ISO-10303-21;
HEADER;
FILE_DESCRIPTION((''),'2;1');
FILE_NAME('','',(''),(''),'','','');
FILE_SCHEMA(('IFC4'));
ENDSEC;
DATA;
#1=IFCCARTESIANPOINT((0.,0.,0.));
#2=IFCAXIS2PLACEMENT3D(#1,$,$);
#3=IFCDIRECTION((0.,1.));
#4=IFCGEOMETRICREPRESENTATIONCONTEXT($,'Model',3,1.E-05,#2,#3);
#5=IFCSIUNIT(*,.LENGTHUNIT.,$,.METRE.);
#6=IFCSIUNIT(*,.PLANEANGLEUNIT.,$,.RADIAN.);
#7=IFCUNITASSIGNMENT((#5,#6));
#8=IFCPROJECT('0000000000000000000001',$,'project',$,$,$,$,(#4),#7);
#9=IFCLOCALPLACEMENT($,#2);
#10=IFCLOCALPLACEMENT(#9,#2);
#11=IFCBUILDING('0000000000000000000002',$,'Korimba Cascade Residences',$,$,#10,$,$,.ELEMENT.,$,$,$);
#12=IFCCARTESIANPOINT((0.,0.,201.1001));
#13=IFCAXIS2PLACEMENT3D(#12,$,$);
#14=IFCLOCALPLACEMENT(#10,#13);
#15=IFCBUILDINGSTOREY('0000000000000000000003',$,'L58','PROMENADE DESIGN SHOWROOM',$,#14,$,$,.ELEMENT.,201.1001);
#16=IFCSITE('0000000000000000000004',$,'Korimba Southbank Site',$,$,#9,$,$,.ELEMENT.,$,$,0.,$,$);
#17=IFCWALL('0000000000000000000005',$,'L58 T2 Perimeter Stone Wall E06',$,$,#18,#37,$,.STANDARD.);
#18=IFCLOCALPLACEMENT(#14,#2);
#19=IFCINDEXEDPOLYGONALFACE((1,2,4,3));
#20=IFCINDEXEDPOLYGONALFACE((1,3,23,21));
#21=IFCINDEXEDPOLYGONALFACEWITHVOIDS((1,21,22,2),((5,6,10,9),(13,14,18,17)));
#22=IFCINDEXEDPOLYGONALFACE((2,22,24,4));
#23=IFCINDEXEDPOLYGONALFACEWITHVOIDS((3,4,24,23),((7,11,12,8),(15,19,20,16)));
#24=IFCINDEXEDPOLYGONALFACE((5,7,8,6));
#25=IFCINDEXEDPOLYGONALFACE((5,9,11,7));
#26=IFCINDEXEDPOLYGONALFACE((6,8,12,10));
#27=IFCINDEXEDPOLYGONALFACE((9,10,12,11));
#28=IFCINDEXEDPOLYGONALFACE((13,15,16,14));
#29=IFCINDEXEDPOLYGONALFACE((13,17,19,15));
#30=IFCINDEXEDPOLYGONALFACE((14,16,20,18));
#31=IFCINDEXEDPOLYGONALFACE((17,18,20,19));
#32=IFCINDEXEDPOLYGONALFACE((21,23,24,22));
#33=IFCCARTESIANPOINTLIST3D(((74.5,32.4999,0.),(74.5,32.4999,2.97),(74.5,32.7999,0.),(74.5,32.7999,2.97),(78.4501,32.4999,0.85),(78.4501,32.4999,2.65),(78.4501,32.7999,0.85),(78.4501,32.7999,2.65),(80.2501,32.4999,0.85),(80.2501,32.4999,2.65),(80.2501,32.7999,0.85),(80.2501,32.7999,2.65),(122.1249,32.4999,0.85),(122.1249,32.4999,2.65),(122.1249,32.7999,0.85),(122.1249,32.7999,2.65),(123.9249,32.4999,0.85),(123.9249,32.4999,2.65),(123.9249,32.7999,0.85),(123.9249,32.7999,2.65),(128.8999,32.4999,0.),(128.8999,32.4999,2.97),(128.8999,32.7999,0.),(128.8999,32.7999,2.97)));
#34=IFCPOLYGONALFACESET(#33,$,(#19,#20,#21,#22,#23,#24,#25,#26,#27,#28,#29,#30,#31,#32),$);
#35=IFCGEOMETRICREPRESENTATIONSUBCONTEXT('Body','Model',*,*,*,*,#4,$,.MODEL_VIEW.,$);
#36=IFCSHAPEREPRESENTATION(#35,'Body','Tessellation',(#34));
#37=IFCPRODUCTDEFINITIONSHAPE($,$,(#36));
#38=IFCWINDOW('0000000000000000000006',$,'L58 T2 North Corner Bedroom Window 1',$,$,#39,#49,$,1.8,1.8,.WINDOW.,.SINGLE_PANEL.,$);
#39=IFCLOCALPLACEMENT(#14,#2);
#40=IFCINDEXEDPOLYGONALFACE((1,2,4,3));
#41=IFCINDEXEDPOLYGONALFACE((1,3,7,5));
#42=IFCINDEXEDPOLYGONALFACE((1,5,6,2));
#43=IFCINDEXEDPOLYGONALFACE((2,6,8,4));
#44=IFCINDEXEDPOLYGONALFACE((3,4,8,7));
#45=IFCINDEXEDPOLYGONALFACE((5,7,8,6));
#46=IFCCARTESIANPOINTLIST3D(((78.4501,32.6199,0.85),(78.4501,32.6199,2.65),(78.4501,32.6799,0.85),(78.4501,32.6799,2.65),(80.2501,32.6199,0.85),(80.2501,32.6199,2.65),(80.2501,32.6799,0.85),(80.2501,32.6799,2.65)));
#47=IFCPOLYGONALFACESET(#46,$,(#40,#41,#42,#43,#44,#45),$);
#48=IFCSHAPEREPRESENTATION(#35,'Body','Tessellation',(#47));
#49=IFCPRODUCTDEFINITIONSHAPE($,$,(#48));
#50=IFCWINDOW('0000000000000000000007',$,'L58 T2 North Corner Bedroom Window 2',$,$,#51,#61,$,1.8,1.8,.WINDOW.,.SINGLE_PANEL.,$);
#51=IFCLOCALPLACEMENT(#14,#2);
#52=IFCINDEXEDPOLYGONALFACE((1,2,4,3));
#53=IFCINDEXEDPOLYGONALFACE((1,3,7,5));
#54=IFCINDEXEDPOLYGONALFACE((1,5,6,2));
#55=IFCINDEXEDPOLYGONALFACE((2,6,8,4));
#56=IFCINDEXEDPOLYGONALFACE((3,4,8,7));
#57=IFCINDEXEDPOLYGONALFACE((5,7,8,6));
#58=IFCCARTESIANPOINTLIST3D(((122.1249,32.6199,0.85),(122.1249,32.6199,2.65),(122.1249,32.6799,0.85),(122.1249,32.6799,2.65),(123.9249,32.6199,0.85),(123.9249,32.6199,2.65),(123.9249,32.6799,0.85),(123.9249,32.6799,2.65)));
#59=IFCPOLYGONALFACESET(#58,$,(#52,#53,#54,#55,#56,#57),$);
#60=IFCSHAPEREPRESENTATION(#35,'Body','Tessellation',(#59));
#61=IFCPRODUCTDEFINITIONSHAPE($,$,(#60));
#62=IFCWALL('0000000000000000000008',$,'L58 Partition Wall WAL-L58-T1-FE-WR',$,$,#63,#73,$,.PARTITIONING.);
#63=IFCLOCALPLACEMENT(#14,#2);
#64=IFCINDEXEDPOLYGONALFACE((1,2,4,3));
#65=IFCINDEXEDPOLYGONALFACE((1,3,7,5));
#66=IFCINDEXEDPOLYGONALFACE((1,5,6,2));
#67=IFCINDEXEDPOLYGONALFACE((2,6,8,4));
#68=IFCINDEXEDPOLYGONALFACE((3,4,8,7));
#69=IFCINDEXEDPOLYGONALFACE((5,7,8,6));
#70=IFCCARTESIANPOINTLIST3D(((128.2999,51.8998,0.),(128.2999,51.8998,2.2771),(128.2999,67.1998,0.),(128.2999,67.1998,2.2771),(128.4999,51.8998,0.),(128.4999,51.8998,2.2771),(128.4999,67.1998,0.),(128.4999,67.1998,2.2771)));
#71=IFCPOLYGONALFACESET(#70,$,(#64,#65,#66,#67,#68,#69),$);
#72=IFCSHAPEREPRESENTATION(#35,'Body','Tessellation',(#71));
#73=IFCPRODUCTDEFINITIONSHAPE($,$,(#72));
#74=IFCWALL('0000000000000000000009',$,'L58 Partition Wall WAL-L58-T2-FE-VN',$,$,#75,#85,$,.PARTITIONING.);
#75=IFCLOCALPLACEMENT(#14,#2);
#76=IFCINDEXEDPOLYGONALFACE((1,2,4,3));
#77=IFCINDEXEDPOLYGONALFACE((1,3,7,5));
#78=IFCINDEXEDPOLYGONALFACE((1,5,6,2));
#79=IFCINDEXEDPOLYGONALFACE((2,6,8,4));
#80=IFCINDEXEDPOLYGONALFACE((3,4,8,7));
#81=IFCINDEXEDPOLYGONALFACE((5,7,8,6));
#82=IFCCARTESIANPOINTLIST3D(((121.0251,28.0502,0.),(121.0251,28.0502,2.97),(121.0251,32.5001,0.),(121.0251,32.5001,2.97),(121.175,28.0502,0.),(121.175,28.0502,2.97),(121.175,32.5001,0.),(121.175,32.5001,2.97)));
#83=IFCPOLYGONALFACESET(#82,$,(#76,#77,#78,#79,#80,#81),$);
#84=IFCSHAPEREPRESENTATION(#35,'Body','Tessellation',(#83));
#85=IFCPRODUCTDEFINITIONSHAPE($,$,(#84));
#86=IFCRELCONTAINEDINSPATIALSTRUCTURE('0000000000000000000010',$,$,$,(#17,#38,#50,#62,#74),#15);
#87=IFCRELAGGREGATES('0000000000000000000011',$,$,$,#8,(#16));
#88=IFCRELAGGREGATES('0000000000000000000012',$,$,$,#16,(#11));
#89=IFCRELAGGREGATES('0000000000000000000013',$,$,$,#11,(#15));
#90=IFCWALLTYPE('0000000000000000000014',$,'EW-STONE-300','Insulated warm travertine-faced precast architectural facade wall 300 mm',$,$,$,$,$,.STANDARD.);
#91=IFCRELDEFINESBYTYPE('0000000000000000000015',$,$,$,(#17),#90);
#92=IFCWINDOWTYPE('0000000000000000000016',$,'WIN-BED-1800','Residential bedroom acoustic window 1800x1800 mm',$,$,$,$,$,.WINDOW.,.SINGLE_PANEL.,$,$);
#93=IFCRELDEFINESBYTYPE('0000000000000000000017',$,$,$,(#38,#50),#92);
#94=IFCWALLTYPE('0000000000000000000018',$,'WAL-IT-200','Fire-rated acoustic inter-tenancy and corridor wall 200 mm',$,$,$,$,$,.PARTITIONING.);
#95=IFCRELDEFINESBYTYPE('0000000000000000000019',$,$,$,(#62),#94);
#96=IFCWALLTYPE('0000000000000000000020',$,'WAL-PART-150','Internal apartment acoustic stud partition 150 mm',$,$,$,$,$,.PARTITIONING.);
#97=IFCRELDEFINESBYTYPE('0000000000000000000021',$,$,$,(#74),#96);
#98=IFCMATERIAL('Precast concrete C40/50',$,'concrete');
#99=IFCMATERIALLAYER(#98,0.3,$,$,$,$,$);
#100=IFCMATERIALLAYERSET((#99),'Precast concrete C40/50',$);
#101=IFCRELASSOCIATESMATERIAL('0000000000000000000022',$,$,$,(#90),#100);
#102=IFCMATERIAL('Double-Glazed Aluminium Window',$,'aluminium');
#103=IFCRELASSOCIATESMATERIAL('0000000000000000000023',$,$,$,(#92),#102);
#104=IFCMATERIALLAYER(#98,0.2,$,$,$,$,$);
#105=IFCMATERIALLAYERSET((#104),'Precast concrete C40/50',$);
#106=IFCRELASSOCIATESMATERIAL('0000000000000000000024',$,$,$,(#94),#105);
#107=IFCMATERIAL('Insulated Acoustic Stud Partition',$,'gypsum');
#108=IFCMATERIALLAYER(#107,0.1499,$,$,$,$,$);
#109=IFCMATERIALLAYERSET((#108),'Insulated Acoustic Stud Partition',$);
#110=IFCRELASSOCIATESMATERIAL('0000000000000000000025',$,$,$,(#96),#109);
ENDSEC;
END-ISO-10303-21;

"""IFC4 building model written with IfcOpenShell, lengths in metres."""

from ifc_helpers import new_model, si_unit, direction, frame, frame_2d, origin, place, context, subcontext, project, spatial, rectangle, extrude, material, layer, layer_set, type_object, element, fill, save


model = new_model("IFC4")

# Units and contexts
model_context = context("Model", 3, precision=1e-05, world=origin(), true_north=direction((0.0, 1.0)))
body_context = subcontext(model_context, "Body", "Model", "MODEL_VIEW")
ifc_project = project(units=[si_unit("LENGTHUNIT", "METRE"), si_unit("PLANEANGLEUNIT", "RADIAN")], contexts=[model_context])

# Site, building, storey
site_placement = place(None, origin())
site = spatial("IfcSite", under=ifc_project, at=site_placement, Name="Korimba Southbank Site", CompositionType="ELEMENT", RefElevation=0.0)
building_placement = place(site_placement, origin())
building = spatial("IfcBuilding", under=site, at=building_placement, Name="Korimba Cascade Residences", CompositionType="ELEMENT")
storey_placement = place(building_placement, frame((0.0, 0.0, 201.1001)))
storey = spatial("IfcBuildingStorey", under=building, at=storey_placement, Name="L58", Description="PROMENADE DESIGN SHOWROOM", CompositionType="ELEMENT", Elevation=201.1001)

# Shared definitions
ifc_material_1 = material(Name="Precast concrete C40/50", Category="concrete")
ifc_layer_1 = layer(ifc_material_1, 0.3)
ifc_layer_set_1 = layer_set([ifc_layer_1], Name="Precast concrete C40/50")
wall_type_1 = type_object("IfcWallType", Name="EW-STONE-300", Description="Insulated warm travertine-faced precast architectural facade wall 300 mm", PredefinedType="STANDARD", material=ifc_layer_set_1)

# Shared definitions
ifc_material_2 = material(Name="Double-Glazed Aluminium Window", Category="aluminium")

# Wall, openings, windows
wall_1_placement = place(storey_placement, frame((128.8999, 32.6499, 0.0), z_axis=(0.0, 0.0, 1.0), x_axis=(-1.0, 0.0, 0.0)))
wall_1 = element("IfcWall", 1, at=wall_1_placement, inside=storey, type_object=wall_type_1, Name="L58 T2 Perimeter Stone Wall E06", PredefinedType="STANDARD", context=body_context, shape_type="SweptSolid", body=[
    extrude(rectangle(XDim=54.3999, YDim=0.3, at=frame_2d((27.2, 0.0))), origin(), (0.0, 0.0, 1.0), 2.97),
])
opening_1_placement = place(wall_1_placement, frame((48.6499, 0.0, 0.8501)))
opening_1 = element("IfcOpeningElement", 2, at=opening_1_placement, cuts=wall_1, PredefinedType="OPENING", context=body_context, shape_type="SweptSolid", body=[
    extrude(rectangle(XDim=1.8, YDim=1.8, at=frame_2d((0.8999, 0.8999))), frame((0.0, 0.1602, 0.0), z_axis=(0.0, -1.0, 0.0), x_axis=(1.0, 0.0, 0.0)), (0.0, 0.0, 1.0), 0.3201),
])
opening_2_placement = place(wall_1_placement, frame((4.9751, 0.0, 0.8501)))
opening_2 = element("IfcOpeningElement", 3, at=opening_2_placement, cuts=wall_1, PredefinedType="OPENING", context=body_context, shape_type="SweptSolid", body=[
    extrude(rectangle(XDim=1.8, YDim=1.8, at=frame_2d((0.8999, 0.8999))), frame((0.0, 0.1602, 0.0), z_axis=(0.0, -1.0, 0.0), x_axis=(1.0, 0.0, 0.0)), (0.0, 0.0, 1.0), 0.3201),
])
window_type_1 = type_object("IfcWindowType", Name="WIN-BED-1800", Description="Residential bedroom acoustic window 1800x1800 mm", PartitioningType="SINGLE_PANEL", PredefinedType="WINDOW", material=ifc_material_2)
window_1_placement = place(opening_1_placement, origin())
window_1 = element("IfcWindow", 4, at=window_1_placement, inside=storey, type_object=window_type_1, Name="L58 T2 North Corner Bedroom Window 1", OverallHeight=1.8, OverallWidth=1.8, PartitioningType="SINGLE_PANEL", PredefinedType="WINDOW", context=body_context, shape_type="SweptSolid", body=[
    extrude(rectangle(XDim=1.8, YDim=1.8, at=frame_2d((0.8999, 0.8999))), frame((0.0, 0.03, 0.0), z_axis=(0.0, -1.0, 0.0), x_axis=(1.0, 0.0, 0.0)), (0.0, 0.0, 1.0), 0.0601),
])
fill(opening_1, window_1)
window_2_placement = place(opening_2_placement, origin())
window_2 = element("IfcWindow", 5, at=window_2_placement, inside=storey, type_object=window_type_1, Name="L58 T2 North Corner Bedroom Window 2", OverallHeight=1.8, OverallWidth=1.8, PartitioningType="SINGLE_PANEL", PredefinedType="WINDOW", context=body_context, shape_type="SweptSolid", body=[
    extrude(rectangle(XDim=1.8, YDim=1.8, at=frame_2d((0.8999, 0.8999))), frame((0.0, 0.03, 0.0), z_axis=(0.0, -1.0, 0.0), x_axis=(1.0, 0.0, 0.0)), (0.0, 0.0, 1.0), 0.0601),
])
fill(opening_2, window_2)

# Walls
ifc_layer_2 = layer(ifc_material_1, 0.2)
ifc_layer_set_2 = layer_set([ifc_layer_2], Name="Precast concrete C40/50")
wall_type_2 = type_object("IfcWallType", Name="WAL-IT-200", Description="Fire-rated acoustic inter-tenancy and corridor wall 200 mm", PredefinedType="PARTITIONING", material=ifc_layer_set_2)
wall_2_placement = place(storey_placement, frame((128.3999, 51.8999, 0.0), z_axis=(0.0, 0.0, 1.0), x_axis=(0.0, 1.0, 0.0)))
element("IfcWall", 6, at=wall_2_placement, inside=storey, type_object=wall_type_2, Name="L58 Partition Wall WAL-L58-T1-FE-WR", PredefinedType="PARTITIONING", context=body_context, shape_type="SweptSolid", body=[
    extrude(rectangle(XDim=15.3, YDim=0.2, at=frame_2d((7.6499, 0.0))), origin(), (0.0, 0.0, 1.0), 2.2771),
])
ifc_material_3 = material(Name="Insulated Acoustic Stud Partition", Category="gypsum")
ifc_layer_3 = layer(ifc_material_3, 0.1499)
ifc_layer_set_3 = layer_set([ifc_layer_3], Name="Insulated Acoustic Stud Partition")
wall_type_3 = type_object("IfcWallType", Name="WAL-PART-150", Description="Internal apartment acoustic stud partition 150 mm", PredefinedType="PARTITIONING", material=ifc_layer_set_3)
wall_3_placement = place(storey_placement, frame((121.1001, 28.05, 0.0), z_axis=(0.0, 0.0, 1.0), x_axis=(0.0, 1.0, 0.0)))
element("IfcWall", 7, at=wall_3_placement, inside=storey, type_object=wall_type_3, Name="L58 Partition Wall WAL-L58-T2-FE-VN", PredefinedType="PARTITIONING", context=body_context, shape_type="SweptSolid", body=[
    extrude(rectangle(XDim=4.45, YDim=0.1499, at=frame_2d((2.2251, 0.0))), origin(), (0.0, 0.0, 1.0), 2.97),
])

save(model, "model.ifc")
